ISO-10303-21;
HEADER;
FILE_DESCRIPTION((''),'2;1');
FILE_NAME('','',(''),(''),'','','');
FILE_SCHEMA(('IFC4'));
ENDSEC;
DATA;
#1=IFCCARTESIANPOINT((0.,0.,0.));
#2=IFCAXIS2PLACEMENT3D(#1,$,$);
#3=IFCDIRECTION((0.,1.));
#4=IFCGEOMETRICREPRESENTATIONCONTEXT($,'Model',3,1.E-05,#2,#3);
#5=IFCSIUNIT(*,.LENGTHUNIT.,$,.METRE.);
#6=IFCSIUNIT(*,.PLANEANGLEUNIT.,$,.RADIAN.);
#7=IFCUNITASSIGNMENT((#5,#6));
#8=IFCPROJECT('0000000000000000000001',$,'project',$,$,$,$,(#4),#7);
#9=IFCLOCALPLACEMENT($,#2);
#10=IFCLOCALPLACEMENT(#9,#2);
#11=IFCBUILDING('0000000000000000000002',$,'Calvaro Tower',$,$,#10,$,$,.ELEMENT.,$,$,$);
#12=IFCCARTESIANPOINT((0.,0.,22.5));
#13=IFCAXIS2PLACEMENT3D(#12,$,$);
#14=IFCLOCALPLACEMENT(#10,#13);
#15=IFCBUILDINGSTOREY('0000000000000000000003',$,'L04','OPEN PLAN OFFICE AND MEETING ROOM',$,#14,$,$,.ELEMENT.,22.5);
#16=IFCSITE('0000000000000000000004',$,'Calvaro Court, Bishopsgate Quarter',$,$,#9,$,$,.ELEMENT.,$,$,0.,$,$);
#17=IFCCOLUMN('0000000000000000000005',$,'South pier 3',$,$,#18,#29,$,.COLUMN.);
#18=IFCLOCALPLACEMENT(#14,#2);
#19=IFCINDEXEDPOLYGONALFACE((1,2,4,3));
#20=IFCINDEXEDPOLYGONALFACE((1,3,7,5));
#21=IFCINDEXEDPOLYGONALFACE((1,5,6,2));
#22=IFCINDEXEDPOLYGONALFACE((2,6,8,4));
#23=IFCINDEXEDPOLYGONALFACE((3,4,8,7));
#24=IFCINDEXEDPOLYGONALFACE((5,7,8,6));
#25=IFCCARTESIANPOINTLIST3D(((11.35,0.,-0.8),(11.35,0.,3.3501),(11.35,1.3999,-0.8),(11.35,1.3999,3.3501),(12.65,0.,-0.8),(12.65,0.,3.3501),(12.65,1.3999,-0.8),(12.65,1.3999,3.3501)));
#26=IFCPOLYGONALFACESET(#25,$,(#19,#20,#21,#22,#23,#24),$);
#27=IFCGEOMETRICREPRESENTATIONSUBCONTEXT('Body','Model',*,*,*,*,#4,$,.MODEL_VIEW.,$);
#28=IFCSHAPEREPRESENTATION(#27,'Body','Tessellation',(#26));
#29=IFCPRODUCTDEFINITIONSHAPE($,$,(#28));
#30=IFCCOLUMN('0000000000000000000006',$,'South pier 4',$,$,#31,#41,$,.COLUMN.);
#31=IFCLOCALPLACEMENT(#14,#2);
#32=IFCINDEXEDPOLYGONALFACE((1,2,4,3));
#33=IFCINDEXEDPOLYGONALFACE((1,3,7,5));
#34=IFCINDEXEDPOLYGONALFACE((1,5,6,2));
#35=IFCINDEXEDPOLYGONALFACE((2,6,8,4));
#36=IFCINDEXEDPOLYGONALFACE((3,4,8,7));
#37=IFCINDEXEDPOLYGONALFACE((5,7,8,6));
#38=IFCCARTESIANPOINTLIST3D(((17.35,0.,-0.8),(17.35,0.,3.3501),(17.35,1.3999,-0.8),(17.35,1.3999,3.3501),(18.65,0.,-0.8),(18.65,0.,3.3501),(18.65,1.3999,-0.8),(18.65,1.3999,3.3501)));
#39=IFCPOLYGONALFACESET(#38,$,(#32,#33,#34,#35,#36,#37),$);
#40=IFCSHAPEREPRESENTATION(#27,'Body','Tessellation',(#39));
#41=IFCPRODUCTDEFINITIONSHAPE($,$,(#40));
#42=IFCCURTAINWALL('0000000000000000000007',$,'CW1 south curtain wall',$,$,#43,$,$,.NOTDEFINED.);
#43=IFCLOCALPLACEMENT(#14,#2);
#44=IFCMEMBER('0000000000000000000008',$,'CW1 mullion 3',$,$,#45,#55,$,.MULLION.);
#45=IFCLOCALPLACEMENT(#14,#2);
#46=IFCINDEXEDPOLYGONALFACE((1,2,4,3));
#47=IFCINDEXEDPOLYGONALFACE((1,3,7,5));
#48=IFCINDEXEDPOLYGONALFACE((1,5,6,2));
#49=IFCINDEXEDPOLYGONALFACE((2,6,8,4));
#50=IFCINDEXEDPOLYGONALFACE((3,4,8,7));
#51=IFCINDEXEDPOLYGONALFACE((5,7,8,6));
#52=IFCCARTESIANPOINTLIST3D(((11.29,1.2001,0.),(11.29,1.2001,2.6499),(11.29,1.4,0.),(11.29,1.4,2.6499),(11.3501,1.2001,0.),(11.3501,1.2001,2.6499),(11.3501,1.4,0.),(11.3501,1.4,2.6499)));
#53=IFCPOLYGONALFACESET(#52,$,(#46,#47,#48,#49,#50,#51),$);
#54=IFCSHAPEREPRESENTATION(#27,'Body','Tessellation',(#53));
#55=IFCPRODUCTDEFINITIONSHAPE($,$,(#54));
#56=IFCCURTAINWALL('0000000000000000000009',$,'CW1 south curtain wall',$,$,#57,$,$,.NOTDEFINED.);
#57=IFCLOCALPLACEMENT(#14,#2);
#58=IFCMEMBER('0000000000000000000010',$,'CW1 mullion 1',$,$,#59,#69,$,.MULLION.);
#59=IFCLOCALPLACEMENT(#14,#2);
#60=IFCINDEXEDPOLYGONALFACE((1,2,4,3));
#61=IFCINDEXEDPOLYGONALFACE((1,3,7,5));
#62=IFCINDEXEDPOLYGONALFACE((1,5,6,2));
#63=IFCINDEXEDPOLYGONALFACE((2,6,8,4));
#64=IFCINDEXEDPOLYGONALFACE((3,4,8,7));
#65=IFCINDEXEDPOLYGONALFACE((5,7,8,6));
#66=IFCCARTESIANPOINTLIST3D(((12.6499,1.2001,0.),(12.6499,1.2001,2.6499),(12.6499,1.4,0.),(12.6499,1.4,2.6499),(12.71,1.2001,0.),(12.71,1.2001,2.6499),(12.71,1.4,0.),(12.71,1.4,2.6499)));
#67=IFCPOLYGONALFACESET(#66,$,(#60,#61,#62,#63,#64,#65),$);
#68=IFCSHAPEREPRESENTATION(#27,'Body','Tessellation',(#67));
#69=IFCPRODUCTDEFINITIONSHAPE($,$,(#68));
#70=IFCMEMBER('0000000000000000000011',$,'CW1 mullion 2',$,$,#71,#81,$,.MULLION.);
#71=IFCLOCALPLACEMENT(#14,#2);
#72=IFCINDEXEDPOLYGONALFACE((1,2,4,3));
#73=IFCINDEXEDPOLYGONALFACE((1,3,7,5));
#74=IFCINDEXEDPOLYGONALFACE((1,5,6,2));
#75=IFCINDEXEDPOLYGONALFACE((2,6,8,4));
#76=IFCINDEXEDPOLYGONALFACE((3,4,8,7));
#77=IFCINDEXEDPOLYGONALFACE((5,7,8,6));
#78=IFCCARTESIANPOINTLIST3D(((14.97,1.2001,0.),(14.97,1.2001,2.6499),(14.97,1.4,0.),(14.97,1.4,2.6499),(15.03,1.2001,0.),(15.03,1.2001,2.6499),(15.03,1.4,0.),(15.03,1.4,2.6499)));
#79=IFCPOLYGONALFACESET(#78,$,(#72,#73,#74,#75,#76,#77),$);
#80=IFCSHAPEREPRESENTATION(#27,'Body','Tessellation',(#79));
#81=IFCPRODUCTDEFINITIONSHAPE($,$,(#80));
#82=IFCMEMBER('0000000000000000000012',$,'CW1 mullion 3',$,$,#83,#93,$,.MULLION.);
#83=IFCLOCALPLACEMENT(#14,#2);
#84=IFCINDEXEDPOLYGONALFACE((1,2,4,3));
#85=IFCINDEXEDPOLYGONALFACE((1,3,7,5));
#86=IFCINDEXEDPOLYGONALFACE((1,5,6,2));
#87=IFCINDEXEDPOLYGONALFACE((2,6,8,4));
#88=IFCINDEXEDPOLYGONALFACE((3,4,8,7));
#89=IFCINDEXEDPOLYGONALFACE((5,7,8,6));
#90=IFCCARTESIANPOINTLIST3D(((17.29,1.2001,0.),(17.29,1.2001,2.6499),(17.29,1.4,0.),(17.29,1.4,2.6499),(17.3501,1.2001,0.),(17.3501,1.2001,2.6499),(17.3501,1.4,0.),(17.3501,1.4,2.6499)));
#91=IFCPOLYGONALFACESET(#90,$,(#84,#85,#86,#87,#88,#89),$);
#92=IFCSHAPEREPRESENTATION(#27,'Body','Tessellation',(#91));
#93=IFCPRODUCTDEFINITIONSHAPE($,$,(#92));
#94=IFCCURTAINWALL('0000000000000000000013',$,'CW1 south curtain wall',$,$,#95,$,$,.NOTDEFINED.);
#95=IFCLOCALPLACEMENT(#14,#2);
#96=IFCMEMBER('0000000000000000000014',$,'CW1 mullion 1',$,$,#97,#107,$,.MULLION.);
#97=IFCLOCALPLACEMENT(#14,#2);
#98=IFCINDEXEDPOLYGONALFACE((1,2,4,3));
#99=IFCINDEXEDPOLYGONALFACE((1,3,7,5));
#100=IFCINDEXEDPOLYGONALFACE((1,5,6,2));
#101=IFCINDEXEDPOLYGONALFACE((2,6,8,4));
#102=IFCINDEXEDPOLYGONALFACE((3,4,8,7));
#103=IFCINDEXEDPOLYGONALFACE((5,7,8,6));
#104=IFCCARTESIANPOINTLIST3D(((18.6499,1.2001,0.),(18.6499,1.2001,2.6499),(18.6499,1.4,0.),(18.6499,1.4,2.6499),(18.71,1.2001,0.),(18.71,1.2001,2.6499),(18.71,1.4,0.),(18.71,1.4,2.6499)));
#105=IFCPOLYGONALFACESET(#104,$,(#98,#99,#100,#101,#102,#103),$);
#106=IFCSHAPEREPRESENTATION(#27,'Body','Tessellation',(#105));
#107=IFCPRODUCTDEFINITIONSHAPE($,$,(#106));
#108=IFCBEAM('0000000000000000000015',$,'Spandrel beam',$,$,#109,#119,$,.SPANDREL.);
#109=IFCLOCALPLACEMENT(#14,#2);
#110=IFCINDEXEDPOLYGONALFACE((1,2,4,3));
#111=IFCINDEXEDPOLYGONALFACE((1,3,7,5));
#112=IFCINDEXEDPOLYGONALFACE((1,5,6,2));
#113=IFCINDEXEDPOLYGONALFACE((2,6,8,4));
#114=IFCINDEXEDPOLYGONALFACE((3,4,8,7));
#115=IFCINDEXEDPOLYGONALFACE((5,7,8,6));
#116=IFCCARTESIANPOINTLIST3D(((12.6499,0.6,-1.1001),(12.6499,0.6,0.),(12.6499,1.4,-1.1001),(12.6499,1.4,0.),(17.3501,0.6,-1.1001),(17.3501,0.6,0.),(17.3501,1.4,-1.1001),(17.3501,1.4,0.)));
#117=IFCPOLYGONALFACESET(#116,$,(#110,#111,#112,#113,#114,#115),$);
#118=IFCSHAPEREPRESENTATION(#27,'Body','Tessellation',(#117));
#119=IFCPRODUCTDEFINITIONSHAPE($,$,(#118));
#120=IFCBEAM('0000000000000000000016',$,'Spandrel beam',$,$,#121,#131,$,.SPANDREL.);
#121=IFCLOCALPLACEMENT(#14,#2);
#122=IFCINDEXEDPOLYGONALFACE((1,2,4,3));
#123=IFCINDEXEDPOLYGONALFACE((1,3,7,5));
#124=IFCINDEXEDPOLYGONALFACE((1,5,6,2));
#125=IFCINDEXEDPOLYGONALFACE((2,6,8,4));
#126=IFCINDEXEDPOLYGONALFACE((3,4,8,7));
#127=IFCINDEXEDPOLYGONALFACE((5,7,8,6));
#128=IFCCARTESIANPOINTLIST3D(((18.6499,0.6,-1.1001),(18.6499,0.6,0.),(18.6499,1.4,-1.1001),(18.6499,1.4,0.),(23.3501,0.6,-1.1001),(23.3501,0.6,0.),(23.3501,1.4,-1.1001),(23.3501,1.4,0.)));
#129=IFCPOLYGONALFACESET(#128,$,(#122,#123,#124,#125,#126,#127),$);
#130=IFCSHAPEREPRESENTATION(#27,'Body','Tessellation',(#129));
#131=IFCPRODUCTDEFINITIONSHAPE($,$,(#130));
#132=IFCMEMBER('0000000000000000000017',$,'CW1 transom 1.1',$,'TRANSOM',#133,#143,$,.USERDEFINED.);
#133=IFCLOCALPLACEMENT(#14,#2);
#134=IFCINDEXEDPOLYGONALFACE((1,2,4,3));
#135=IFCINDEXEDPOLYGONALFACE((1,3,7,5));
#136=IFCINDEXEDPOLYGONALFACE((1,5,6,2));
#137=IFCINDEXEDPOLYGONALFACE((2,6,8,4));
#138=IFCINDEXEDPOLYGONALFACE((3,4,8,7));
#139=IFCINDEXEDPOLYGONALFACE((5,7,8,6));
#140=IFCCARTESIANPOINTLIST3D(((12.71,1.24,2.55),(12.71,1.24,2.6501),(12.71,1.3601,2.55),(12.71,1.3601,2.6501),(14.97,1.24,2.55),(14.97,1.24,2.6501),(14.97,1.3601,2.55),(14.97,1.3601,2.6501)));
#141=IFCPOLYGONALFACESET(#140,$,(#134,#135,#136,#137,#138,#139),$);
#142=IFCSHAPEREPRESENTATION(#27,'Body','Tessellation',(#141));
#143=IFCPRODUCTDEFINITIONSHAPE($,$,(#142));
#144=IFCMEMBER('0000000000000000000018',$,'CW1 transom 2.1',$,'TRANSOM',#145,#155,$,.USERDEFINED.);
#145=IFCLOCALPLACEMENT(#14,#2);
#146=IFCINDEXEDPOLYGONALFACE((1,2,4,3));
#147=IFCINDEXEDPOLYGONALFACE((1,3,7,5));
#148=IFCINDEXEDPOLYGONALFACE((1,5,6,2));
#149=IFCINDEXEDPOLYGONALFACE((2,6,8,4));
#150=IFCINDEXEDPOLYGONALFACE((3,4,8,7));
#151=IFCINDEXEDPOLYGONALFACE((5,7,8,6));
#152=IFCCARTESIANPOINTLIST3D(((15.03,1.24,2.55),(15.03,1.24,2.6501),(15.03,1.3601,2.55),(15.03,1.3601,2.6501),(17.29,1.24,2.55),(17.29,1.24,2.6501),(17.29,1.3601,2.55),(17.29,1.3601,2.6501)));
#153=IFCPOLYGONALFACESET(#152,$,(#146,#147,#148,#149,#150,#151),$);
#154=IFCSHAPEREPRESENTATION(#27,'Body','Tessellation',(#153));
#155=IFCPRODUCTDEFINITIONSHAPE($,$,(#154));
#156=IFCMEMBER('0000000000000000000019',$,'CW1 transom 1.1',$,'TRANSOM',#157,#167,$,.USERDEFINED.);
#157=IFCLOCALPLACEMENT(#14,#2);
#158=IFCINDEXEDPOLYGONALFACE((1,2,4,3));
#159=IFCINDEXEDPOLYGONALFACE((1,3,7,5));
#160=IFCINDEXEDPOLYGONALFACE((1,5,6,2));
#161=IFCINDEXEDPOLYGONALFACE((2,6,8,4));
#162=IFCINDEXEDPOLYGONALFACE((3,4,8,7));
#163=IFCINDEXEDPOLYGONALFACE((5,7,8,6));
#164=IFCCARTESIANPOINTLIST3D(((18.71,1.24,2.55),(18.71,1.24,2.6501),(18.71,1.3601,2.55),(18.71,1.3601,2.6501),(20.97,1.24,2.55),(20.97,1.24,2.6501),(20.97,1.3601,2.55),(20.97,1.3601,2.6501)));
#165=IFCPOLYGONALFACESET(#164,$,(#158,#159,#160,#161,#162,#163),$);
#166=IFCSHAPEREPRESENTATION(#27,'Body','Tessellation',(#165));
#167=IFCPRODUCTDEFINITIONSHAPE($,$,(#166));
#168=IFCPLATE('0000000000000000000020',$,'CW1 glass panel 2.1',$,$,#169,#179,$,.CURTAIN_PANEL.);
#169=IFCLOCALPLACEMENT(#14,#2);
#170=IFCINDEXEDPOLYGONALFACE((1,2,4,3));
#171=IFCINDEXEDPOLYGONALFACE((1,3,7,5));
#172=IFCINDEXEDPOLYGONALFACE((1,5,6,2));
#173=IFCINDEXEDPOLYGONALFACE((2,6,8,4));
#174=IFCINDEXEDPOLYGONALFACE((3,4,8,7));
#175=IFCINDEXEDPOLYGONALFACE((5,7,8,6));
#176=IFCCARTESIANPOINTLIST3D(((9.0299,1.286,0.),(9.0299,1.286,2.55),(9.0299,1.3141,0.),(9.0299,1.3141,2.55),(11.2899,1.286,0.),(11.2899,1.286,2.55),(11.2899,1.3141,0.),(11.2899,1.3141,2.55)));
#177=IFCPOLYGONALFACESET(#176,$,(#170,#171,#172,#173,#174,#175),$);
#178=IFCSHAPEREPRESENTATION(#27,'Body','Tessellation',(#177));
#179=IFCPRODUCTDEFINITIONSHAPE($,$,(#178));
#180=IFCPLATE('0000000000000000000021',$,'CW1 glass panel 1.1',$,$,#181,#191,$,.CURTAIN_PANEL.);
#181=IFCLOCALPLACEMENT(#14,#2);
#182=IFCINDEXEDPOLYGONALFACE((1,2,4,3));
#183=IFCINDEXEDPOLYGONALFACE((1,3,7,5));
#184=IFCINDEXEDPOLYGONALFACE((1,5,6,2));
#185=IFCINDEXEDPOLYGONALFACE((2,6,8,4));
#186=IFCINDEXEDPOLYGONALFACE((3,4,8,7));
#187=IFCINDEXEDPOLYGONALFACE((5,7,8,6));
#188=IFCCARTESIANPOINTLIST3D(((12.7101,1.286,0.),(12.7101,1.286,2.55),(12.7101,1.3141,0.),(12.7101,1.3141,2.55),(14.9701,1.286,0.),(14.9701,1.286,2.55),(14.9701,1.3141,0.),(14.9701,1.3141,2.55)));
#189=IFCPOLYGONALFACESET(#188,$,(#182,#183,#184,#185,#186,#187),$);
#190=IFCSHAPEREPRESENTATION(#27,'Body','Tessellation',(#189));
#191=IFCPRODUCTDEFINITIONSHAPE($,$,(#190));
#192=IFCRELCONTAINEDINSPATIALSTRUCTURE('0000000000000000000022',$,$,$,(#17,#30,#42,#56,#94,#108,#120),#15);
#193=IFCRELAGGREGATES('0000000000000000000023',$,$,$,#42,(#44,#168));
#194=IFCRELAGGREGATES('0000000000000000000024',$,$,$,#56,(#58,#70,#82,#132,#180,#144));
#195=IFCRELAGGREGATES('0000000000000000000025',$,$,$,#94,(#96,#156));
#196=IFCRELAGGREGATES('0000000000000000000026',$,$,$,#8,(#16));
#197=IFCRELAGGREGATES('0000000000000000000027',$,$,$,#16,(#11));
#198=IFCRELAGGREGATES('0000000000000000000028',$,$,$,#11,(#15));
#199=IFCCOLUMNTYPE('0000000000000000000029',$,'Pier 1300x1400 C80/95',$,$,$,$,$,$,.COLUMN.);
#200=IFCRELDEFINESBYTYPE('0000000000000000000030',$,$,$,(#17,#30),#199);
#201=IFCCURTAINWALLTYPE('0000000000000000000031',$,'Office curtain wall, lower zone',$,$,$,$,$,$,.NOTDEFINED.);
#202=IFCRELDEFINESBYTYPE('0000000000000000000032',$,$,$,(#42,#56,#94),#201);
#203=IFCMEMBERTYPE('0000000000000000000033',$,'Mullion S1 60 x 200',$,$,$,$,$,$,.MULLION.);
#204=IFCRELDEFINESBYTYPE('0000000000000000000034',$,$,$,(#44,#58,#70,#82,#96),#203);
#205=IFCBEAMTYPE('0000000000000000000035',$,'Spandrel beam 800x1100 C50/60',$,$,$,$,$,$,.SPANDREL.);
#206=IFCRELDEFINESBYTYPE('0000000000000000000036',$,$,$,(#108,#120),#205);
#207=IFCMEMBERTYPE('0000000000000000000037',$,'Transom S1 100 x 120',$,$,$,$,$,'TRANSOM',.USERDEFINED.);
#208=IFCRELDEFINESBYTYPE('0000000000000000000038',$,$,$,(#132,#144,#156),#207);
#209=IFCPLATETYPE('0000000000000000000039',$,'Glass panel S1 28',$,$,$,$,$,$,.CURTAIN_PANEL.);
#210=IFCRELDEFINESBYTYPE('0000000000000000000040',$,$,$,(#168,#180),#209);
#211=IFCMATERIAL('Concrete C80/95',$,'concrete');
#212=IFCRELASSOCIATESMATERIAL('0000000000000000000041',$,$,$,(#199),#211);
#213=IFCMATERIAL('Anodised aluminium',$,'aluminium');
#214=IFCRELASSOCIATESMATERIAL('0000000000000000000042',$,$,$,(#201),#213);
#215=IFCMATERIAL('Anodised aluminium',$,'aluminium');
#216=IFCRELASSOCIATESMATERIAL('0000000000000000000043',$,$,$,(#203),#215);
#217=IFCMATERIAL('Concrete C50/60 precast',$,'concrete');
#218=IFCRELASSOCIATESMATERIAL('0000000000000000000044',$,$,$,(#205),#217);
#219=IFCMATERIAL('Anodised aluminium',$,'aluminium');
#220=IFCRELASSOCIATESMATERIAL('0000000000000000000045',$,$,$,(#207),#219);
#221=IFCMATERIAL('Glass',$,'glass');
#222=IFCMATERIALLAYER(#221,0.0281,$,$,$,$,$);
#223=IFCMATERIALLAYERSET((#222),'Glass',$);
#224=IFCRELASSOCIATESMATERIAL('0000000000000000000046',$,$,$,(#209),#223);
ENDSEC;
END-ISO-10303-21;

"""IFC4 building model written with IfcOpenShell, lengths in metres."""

from ifc_helpers import new_model, si_unit, direction, frame, origin, origin_2d, place, context, subcontext, project, spatial, rectangle, extrude, material, layer, layer_set, material_profile, profile_set, type_object, element, aggregate, save


model = new_model("IFC4")

# Units and contexts
model_context = context("Model", 3, precision=1e-05, world=origin(), true_north=direction((0.0, 1.0)))
body_context = subcontext(model_context, "Body", "Model", "MODEL_VIEW")
ifc_project = project(units=[si_unit("LENGTHUNIT", "METRE"), si_unit("PLANEANGLEUNIT", "RADIAN")], contexts=[model_context])

# Site, building, storey
site_placement = place(None, origin())
site = spatial("IfcSite", under=ifc_project, at=site_placement, Name="Calvaro Court, Bishopsgate Quarter", CompositionType="ELEMENT", RefElevation=0.0)
building_placement = place(site_placement, origin())
building = spatial("IfcBuilding", under=site, at=building_placement, Name="Calvaro Tower", CompositionType="ELEMENT")
storey_placement = place(building_placement, frame((0.0, 0.0, 22.5)))
storey = spatial("IfcBuildingStorey", under=building, at=storey_placement, Name="L04", Description="OPEN PLAN OFFICE AND MEETING ROOM", CompositionType="ELEMENT", Elevation=22.5)

# Columns
ifc_material_1 = material(Name="Concrete C80/95", Category="concrete")
ifc_material_profile_1 = material_profile(ifc_material_1, rectangle(XDim=1.3, YDim=1.3999, at=origin_2d()), Name="RC 1300x1400")
ifc_profile_set_1 = profile_set([ifc_material_profile_1], Name="Concrete C80/95")
column_type = type_object("IfcColumnType", Name="Pier 1300x1400 C80/95", PredefinedType="COLUMN", material=ifc_profile_set_1)
for number, where, z_axis, x_axis, name in (
    (1, (12.0, 0.7, -0.8), (0.0, 0.0, 1.0), (1.0, 0.0, 0.0), "South pier 3"),
    (2, (18.0, 0.7, -0.8), (0.0, 0.0, 1.0), (1.0, 0.0, 0.0), "South pier 4"),
):
    element("IfcColumn", number, at=place(storey_placement, frame(where, z_axis=z_axis, x_axis=x_axis)), inside=storey, type_object=column_type, Name=name, PredefinedType="COLUMN", context=body_context, shape_type="SweptSolid", body=[
        extrude(rectangle(XDim=1.3, YDim=1.3999, at=origin_2d()), origin(), (0.0, 0.0, 1.0), 4.1501),
    ])

# Curtain wall, member
ifc_material_2 = material(Name="Anodised aluminium", Category="aluminium")
curtain_wall_type = type_object("IfcCurtainWallType", Name="Office curtain wall, lower zone", PredefinedType="NOTDEFINED", material=ifc_material_2)
curtain_wall_1_placement = place(storey_placement, origin())
curtain_wall_1 = element("IfcCurtainWall", 3, at=curtain_wall_1_placement, inside=storey, type_object=curtain_wall_type, Name="CW1 south curtain wall", PredefinedType="NOTDEFINED")
ifc_material_3 = material(Name="Anodised aluminium", Category="aluminium")
ifc_material_profile_2 = material_profile(ifc_material_3, rectangle(XDim=0.2, YDim=0.0601, at=origin_2d()), Name="Mullion S1 60 x 200")
ifc_profile_set_2 = profile_set([ifc_material_profile_2], Name="Anodised aluminium")
member_type_1 = type_object("IfcMemberType", Name="Mullion S1 60 x 200", PredefinedType="MULLION", material=ifc_profile_set_2)
member_1_placement = place(storey_placement, frame((11.3201, 1.3, 0.0), z_axis=(0.0, 0.0, 1.0), x_axis=(0.0, 1.0, 0.0)))
member_1 = element("IfcMember", 4, at=member_1_placement, type_object=member_type_1, Name="CW1 mullion 3", PredefinedType="MULLION", context=body_context, shape_type="SweptSolid", body=[
    extrude(rectangle(XDim=0.2, YDim=0.0601, at=origin_2d()), origin(), (0.0, 0.0, 1.0), 2.6499),
])

# Curtain wall, members
curtain_wall_2_placement = place(storey_placement, origin())
curtain_wall_2 = element("IfcCurtainWall", 5, at=curtain_wall_2_placement, inside=storey, type_object=curtain_wall_type, Name="CW1 south curtain wall", PredefinedType="NOTDEFINED")
member_2_placement = place(storey_placement, frame((12.6799, 1.3, 0.0), z_axis=(0.0, 0.0, 1.0), x_axis=(0.0, 1.0, 0.0)))
member_2 = element("IfcMember", 6, at=member_2_placement, type_object=member_type_1, Name="CW1 mullion 1", PredefinedType="MULLION", context=body_context, shape_type="SweptSolid", body=[
    extrude(rectangle(XDim=0.2, YDim=0.0601, at=origin_2d()), origin(), (0.0, 0.0, 1.0), 2.6499),
])
member_3_placement = place(storey_placement, frame((15.0, 1.3, 0.0), z_axis=(0.0, 0.0, 1.0), x_axis=(0.0, 1.0, 0.0)))
member_3 = element("IfcMember", 7, at=member_3_placement, type_object=member_type_1, Name="CW1 mullion 2", PredefinedType="MULLION", context=body_context, shape_type="SweptSolid", body=[
    extrude(rectangle(XDim=0.2, YDim=0.0601, at=origin_2d()), origin(), (0.0, 0.0, 1.0), 2.6499),
])
member_4_placement = place(storey_placement, frame((17.3201, 1.3, 0.0), z_axis=(0.0, 0.0, 1.0), x_axis=(0.0, 1.0, 0.0)))
member_4 = element("IfcMember", 8, at=member_4_placement, type_object=member_type_1, Name="CW1 mullion 3", PredefinedType="MULLION", context=body_context, shape_type="SweptSolid", body=[
    extrude(rectangle(XDim=0.2, YDim=0.0601, at=origin_2d()), origin(), (0.0, 0.0, 1.0), 2.6499),
])

# Curtain wall, member
curtain_wall_3_placement = place(storey_placement, origin())
curtain_wall_3 = element("IfcCurtainWall", 9, at=curtain_wall_3_placement, inside=storey, type_object=curtain_wall_type, Name="CW1 south curtain wall", PredefinedType="NOTDEFINED")
member_5_placement = place(storey_placement, frame((18.6799, 1.3, 0.0), z_axis=(0.0, 0.0, 1.0), x_axis=(0.0, 1.0, 0.0)))
member_5 = element("IfcMember", 10, at=member_5_placement, type_object=member_type_1, Name="CW1 mullion 1", PredefinedType="MULLION", context=body_context, shape_type="SweptSolid", body=[
    extrude(rectangle(XDim=0.2, YDim=0.0601, at=origin_2d()), origin(), (0.0, 0.0, 1.0), 2.6499),
])

# Beams
ifc_material_4 = material(Name="Concrete C50/60 precast", Category="concrete")
ifc_material_profile_3 = material_profile(ifc_material_4, rectangle(XDim=0.8, YDim=1.1001, at=origin_2d()), Name="RC 800x1100")
ifc_profile_set_3 = profile_set([ifc_material_profile_3], Name="Concrete C50/60 precast")
beam_type = type_object("IfcBeamType", Name="Spandrel beam 800x1100 C50/60", PredefinedType="SPANDREL", material=ifc_profile_set_3)
for number, where, z_axis, x_axis, name in (
    (11, (12.6499, 1.0, -0.55), (1.0, 0.0, 0.0), (0.0, 1.0, 0.0), "Spandrel beam"),
    (12, (18.6499, 1.0, -0.55), (1.0, 0.0, 0.0), (0.0, 1.0, 0.0), "Spandrel beam"),
):
    element("IfcBeam", number, at=place(storey_placement, frame(where, z_axis=z_axis, x_axis=x_axis)), inside=storey, type_object=beam_type, Name=name, PredefinedType="SPANDREL", context=body_context, shape_type="SweptSolid", body=[
        extrude(rectangle(XDim=0.8, YDim=1.1001, at=origin_2d()), origin(), (0.0, 0.0, 1.0), 4.7002),
    ])

# Members
ifc_material_5 = material(Name="Anodised aluminium", Category="aluminium")
ifc_material_profile_4 = material_profile(ifc_material_5, rectangle(XDim=0.1201, YDim=0.1001, at=origin_2d()), Name="Transom S1 100 x 120")
ifc_profile_set_4 = profile_set([ifc_material_profile_4], Name="Anodised aluminium")
member_type_2 = type_object("IfcMemberType", Name="Transom S1 100 x 120", ElementType="TRANSOM", PredefinedType="USERDEFINED", material=ifc_profile_set_4)
member_6_placement = place(storey_placement, frame((12.71, 1.3, 2.6001), z_axis=(1.0, 0.0, 0.0), x_axis=(0.0, 1.0, 0.0)))
member_6 = element("IfcMember", 13, at=member_6_placement, type_object=member_type_2, Name="CW1 transom 1.1", ObjectType="TRANSOM", PredefinedType="USERDEFINED", context=body_context, shape_type="SweptSolid", body=[
    extrude(rectangle(XDim=0.1201, YDim=0.1001, at=origin_2d()), origin(), (0.0, 0.0, 1.0), 2.26),
])
member_7_placement = place(storey_placement, frame((15.03, 1.3, 2.6001), z_axis=(1.0, 0.0, 0.0), x_axis=(0.0, 1.0, 0.0)))
member_7 = element("IfcMember", 14, at=member_7_placement, type_object=member_type_2, Name="CW1 transom 2.1", ObjectType="TRANSOM", PredefinedType="USERDEFINED", context=body_context, shape_type="SweptSolid", body=[
    extrude(rectangle(XDim=0.1201, YDim=0.1001, at=origin_2d()), origin(), (0.0, 0.0, 1.0), 2.26),
])
member_8_placement = place(storey_placement, frame((18.71, 1.3, 2.6001), z_axis=(1.0, 0.0, 0.0), x_axis=(0.0, 1.0, 0.0)))
member_8 = element("IfcMember", 15, at=member_8_placement, type_object=member_type_2, Name="CW1 transom 1.1", ObjectType="TRANSOM", PredefinedType="USERDEFINED", context=body_context, shape_type="SweptSolid", body=[
    extrude(rectangle(XDim=0.1201, YDim=0.1001, at=origin_2d()), origin(), (0.0, 0.0, 1.0), 2.26),
])

# Plates
ifc_material_6 = material(Name="Glass", Category="glass")
ifc_layer = layer(ifc_material_6, 0.0281)
ifc_layer_set = layer_set([ifc_layer], Name="Glass")
plate_type = type_object("IfcPlateType", Name="Glass panel S1 28", PredefinedType="CURTAIN_PANEL", material=ifc_layer_set)
plate_1_placement = place(storey_placement, frame((10.1599, 1.3, 0.0), z_axis=(0.0, 0.0, 1.0), x_axis=(1.0, 0.0, 0.0)))
plate_1 = element("IfcPlate", 16, at=plate_1_placement, type_object=plate_type, Name="CW1 glass panel 2.1", PredefinedType="CURTAIN_PANEL", context=body_context, shape_type="SweptSolid", body=[
    extrude(rectangle(XDim=2.26, YDim=0.0281, at=origin_2d()), origin(), (0.0, 0.0, 1.0), 2.55),
])
aggregate(curtain_wall_1, [member_1, plate_1])
plate_2_placement = place(storey_placement, frame((13.8401, 1.3, 0.0), z_axis=(0.0, 0.0, 1.0), x_axis=(1.0, 0.0, 0.0)))
plate_2 = element("IfcPlate", 17, at=plate_2_placement, type_object=plate_type, Name="CW1 glass panel 1.1", PredefinedType="CURTAIN_PANEL", context=body_context, shape_type="SweptSolid", body=[
    extrude(rectangle(XDim=2.26, YDim=0.0281, at=origin_2d()), origin(), (0.0, 0.0, 1.0), 2.55),
])
aggregate(curtain_wall_2, [member_2, member_3, member_4, member_6, plate_2, member_7])
aggregate(curtain_wall_3, [member_5, member_8])

save(model, "model.ifc")
